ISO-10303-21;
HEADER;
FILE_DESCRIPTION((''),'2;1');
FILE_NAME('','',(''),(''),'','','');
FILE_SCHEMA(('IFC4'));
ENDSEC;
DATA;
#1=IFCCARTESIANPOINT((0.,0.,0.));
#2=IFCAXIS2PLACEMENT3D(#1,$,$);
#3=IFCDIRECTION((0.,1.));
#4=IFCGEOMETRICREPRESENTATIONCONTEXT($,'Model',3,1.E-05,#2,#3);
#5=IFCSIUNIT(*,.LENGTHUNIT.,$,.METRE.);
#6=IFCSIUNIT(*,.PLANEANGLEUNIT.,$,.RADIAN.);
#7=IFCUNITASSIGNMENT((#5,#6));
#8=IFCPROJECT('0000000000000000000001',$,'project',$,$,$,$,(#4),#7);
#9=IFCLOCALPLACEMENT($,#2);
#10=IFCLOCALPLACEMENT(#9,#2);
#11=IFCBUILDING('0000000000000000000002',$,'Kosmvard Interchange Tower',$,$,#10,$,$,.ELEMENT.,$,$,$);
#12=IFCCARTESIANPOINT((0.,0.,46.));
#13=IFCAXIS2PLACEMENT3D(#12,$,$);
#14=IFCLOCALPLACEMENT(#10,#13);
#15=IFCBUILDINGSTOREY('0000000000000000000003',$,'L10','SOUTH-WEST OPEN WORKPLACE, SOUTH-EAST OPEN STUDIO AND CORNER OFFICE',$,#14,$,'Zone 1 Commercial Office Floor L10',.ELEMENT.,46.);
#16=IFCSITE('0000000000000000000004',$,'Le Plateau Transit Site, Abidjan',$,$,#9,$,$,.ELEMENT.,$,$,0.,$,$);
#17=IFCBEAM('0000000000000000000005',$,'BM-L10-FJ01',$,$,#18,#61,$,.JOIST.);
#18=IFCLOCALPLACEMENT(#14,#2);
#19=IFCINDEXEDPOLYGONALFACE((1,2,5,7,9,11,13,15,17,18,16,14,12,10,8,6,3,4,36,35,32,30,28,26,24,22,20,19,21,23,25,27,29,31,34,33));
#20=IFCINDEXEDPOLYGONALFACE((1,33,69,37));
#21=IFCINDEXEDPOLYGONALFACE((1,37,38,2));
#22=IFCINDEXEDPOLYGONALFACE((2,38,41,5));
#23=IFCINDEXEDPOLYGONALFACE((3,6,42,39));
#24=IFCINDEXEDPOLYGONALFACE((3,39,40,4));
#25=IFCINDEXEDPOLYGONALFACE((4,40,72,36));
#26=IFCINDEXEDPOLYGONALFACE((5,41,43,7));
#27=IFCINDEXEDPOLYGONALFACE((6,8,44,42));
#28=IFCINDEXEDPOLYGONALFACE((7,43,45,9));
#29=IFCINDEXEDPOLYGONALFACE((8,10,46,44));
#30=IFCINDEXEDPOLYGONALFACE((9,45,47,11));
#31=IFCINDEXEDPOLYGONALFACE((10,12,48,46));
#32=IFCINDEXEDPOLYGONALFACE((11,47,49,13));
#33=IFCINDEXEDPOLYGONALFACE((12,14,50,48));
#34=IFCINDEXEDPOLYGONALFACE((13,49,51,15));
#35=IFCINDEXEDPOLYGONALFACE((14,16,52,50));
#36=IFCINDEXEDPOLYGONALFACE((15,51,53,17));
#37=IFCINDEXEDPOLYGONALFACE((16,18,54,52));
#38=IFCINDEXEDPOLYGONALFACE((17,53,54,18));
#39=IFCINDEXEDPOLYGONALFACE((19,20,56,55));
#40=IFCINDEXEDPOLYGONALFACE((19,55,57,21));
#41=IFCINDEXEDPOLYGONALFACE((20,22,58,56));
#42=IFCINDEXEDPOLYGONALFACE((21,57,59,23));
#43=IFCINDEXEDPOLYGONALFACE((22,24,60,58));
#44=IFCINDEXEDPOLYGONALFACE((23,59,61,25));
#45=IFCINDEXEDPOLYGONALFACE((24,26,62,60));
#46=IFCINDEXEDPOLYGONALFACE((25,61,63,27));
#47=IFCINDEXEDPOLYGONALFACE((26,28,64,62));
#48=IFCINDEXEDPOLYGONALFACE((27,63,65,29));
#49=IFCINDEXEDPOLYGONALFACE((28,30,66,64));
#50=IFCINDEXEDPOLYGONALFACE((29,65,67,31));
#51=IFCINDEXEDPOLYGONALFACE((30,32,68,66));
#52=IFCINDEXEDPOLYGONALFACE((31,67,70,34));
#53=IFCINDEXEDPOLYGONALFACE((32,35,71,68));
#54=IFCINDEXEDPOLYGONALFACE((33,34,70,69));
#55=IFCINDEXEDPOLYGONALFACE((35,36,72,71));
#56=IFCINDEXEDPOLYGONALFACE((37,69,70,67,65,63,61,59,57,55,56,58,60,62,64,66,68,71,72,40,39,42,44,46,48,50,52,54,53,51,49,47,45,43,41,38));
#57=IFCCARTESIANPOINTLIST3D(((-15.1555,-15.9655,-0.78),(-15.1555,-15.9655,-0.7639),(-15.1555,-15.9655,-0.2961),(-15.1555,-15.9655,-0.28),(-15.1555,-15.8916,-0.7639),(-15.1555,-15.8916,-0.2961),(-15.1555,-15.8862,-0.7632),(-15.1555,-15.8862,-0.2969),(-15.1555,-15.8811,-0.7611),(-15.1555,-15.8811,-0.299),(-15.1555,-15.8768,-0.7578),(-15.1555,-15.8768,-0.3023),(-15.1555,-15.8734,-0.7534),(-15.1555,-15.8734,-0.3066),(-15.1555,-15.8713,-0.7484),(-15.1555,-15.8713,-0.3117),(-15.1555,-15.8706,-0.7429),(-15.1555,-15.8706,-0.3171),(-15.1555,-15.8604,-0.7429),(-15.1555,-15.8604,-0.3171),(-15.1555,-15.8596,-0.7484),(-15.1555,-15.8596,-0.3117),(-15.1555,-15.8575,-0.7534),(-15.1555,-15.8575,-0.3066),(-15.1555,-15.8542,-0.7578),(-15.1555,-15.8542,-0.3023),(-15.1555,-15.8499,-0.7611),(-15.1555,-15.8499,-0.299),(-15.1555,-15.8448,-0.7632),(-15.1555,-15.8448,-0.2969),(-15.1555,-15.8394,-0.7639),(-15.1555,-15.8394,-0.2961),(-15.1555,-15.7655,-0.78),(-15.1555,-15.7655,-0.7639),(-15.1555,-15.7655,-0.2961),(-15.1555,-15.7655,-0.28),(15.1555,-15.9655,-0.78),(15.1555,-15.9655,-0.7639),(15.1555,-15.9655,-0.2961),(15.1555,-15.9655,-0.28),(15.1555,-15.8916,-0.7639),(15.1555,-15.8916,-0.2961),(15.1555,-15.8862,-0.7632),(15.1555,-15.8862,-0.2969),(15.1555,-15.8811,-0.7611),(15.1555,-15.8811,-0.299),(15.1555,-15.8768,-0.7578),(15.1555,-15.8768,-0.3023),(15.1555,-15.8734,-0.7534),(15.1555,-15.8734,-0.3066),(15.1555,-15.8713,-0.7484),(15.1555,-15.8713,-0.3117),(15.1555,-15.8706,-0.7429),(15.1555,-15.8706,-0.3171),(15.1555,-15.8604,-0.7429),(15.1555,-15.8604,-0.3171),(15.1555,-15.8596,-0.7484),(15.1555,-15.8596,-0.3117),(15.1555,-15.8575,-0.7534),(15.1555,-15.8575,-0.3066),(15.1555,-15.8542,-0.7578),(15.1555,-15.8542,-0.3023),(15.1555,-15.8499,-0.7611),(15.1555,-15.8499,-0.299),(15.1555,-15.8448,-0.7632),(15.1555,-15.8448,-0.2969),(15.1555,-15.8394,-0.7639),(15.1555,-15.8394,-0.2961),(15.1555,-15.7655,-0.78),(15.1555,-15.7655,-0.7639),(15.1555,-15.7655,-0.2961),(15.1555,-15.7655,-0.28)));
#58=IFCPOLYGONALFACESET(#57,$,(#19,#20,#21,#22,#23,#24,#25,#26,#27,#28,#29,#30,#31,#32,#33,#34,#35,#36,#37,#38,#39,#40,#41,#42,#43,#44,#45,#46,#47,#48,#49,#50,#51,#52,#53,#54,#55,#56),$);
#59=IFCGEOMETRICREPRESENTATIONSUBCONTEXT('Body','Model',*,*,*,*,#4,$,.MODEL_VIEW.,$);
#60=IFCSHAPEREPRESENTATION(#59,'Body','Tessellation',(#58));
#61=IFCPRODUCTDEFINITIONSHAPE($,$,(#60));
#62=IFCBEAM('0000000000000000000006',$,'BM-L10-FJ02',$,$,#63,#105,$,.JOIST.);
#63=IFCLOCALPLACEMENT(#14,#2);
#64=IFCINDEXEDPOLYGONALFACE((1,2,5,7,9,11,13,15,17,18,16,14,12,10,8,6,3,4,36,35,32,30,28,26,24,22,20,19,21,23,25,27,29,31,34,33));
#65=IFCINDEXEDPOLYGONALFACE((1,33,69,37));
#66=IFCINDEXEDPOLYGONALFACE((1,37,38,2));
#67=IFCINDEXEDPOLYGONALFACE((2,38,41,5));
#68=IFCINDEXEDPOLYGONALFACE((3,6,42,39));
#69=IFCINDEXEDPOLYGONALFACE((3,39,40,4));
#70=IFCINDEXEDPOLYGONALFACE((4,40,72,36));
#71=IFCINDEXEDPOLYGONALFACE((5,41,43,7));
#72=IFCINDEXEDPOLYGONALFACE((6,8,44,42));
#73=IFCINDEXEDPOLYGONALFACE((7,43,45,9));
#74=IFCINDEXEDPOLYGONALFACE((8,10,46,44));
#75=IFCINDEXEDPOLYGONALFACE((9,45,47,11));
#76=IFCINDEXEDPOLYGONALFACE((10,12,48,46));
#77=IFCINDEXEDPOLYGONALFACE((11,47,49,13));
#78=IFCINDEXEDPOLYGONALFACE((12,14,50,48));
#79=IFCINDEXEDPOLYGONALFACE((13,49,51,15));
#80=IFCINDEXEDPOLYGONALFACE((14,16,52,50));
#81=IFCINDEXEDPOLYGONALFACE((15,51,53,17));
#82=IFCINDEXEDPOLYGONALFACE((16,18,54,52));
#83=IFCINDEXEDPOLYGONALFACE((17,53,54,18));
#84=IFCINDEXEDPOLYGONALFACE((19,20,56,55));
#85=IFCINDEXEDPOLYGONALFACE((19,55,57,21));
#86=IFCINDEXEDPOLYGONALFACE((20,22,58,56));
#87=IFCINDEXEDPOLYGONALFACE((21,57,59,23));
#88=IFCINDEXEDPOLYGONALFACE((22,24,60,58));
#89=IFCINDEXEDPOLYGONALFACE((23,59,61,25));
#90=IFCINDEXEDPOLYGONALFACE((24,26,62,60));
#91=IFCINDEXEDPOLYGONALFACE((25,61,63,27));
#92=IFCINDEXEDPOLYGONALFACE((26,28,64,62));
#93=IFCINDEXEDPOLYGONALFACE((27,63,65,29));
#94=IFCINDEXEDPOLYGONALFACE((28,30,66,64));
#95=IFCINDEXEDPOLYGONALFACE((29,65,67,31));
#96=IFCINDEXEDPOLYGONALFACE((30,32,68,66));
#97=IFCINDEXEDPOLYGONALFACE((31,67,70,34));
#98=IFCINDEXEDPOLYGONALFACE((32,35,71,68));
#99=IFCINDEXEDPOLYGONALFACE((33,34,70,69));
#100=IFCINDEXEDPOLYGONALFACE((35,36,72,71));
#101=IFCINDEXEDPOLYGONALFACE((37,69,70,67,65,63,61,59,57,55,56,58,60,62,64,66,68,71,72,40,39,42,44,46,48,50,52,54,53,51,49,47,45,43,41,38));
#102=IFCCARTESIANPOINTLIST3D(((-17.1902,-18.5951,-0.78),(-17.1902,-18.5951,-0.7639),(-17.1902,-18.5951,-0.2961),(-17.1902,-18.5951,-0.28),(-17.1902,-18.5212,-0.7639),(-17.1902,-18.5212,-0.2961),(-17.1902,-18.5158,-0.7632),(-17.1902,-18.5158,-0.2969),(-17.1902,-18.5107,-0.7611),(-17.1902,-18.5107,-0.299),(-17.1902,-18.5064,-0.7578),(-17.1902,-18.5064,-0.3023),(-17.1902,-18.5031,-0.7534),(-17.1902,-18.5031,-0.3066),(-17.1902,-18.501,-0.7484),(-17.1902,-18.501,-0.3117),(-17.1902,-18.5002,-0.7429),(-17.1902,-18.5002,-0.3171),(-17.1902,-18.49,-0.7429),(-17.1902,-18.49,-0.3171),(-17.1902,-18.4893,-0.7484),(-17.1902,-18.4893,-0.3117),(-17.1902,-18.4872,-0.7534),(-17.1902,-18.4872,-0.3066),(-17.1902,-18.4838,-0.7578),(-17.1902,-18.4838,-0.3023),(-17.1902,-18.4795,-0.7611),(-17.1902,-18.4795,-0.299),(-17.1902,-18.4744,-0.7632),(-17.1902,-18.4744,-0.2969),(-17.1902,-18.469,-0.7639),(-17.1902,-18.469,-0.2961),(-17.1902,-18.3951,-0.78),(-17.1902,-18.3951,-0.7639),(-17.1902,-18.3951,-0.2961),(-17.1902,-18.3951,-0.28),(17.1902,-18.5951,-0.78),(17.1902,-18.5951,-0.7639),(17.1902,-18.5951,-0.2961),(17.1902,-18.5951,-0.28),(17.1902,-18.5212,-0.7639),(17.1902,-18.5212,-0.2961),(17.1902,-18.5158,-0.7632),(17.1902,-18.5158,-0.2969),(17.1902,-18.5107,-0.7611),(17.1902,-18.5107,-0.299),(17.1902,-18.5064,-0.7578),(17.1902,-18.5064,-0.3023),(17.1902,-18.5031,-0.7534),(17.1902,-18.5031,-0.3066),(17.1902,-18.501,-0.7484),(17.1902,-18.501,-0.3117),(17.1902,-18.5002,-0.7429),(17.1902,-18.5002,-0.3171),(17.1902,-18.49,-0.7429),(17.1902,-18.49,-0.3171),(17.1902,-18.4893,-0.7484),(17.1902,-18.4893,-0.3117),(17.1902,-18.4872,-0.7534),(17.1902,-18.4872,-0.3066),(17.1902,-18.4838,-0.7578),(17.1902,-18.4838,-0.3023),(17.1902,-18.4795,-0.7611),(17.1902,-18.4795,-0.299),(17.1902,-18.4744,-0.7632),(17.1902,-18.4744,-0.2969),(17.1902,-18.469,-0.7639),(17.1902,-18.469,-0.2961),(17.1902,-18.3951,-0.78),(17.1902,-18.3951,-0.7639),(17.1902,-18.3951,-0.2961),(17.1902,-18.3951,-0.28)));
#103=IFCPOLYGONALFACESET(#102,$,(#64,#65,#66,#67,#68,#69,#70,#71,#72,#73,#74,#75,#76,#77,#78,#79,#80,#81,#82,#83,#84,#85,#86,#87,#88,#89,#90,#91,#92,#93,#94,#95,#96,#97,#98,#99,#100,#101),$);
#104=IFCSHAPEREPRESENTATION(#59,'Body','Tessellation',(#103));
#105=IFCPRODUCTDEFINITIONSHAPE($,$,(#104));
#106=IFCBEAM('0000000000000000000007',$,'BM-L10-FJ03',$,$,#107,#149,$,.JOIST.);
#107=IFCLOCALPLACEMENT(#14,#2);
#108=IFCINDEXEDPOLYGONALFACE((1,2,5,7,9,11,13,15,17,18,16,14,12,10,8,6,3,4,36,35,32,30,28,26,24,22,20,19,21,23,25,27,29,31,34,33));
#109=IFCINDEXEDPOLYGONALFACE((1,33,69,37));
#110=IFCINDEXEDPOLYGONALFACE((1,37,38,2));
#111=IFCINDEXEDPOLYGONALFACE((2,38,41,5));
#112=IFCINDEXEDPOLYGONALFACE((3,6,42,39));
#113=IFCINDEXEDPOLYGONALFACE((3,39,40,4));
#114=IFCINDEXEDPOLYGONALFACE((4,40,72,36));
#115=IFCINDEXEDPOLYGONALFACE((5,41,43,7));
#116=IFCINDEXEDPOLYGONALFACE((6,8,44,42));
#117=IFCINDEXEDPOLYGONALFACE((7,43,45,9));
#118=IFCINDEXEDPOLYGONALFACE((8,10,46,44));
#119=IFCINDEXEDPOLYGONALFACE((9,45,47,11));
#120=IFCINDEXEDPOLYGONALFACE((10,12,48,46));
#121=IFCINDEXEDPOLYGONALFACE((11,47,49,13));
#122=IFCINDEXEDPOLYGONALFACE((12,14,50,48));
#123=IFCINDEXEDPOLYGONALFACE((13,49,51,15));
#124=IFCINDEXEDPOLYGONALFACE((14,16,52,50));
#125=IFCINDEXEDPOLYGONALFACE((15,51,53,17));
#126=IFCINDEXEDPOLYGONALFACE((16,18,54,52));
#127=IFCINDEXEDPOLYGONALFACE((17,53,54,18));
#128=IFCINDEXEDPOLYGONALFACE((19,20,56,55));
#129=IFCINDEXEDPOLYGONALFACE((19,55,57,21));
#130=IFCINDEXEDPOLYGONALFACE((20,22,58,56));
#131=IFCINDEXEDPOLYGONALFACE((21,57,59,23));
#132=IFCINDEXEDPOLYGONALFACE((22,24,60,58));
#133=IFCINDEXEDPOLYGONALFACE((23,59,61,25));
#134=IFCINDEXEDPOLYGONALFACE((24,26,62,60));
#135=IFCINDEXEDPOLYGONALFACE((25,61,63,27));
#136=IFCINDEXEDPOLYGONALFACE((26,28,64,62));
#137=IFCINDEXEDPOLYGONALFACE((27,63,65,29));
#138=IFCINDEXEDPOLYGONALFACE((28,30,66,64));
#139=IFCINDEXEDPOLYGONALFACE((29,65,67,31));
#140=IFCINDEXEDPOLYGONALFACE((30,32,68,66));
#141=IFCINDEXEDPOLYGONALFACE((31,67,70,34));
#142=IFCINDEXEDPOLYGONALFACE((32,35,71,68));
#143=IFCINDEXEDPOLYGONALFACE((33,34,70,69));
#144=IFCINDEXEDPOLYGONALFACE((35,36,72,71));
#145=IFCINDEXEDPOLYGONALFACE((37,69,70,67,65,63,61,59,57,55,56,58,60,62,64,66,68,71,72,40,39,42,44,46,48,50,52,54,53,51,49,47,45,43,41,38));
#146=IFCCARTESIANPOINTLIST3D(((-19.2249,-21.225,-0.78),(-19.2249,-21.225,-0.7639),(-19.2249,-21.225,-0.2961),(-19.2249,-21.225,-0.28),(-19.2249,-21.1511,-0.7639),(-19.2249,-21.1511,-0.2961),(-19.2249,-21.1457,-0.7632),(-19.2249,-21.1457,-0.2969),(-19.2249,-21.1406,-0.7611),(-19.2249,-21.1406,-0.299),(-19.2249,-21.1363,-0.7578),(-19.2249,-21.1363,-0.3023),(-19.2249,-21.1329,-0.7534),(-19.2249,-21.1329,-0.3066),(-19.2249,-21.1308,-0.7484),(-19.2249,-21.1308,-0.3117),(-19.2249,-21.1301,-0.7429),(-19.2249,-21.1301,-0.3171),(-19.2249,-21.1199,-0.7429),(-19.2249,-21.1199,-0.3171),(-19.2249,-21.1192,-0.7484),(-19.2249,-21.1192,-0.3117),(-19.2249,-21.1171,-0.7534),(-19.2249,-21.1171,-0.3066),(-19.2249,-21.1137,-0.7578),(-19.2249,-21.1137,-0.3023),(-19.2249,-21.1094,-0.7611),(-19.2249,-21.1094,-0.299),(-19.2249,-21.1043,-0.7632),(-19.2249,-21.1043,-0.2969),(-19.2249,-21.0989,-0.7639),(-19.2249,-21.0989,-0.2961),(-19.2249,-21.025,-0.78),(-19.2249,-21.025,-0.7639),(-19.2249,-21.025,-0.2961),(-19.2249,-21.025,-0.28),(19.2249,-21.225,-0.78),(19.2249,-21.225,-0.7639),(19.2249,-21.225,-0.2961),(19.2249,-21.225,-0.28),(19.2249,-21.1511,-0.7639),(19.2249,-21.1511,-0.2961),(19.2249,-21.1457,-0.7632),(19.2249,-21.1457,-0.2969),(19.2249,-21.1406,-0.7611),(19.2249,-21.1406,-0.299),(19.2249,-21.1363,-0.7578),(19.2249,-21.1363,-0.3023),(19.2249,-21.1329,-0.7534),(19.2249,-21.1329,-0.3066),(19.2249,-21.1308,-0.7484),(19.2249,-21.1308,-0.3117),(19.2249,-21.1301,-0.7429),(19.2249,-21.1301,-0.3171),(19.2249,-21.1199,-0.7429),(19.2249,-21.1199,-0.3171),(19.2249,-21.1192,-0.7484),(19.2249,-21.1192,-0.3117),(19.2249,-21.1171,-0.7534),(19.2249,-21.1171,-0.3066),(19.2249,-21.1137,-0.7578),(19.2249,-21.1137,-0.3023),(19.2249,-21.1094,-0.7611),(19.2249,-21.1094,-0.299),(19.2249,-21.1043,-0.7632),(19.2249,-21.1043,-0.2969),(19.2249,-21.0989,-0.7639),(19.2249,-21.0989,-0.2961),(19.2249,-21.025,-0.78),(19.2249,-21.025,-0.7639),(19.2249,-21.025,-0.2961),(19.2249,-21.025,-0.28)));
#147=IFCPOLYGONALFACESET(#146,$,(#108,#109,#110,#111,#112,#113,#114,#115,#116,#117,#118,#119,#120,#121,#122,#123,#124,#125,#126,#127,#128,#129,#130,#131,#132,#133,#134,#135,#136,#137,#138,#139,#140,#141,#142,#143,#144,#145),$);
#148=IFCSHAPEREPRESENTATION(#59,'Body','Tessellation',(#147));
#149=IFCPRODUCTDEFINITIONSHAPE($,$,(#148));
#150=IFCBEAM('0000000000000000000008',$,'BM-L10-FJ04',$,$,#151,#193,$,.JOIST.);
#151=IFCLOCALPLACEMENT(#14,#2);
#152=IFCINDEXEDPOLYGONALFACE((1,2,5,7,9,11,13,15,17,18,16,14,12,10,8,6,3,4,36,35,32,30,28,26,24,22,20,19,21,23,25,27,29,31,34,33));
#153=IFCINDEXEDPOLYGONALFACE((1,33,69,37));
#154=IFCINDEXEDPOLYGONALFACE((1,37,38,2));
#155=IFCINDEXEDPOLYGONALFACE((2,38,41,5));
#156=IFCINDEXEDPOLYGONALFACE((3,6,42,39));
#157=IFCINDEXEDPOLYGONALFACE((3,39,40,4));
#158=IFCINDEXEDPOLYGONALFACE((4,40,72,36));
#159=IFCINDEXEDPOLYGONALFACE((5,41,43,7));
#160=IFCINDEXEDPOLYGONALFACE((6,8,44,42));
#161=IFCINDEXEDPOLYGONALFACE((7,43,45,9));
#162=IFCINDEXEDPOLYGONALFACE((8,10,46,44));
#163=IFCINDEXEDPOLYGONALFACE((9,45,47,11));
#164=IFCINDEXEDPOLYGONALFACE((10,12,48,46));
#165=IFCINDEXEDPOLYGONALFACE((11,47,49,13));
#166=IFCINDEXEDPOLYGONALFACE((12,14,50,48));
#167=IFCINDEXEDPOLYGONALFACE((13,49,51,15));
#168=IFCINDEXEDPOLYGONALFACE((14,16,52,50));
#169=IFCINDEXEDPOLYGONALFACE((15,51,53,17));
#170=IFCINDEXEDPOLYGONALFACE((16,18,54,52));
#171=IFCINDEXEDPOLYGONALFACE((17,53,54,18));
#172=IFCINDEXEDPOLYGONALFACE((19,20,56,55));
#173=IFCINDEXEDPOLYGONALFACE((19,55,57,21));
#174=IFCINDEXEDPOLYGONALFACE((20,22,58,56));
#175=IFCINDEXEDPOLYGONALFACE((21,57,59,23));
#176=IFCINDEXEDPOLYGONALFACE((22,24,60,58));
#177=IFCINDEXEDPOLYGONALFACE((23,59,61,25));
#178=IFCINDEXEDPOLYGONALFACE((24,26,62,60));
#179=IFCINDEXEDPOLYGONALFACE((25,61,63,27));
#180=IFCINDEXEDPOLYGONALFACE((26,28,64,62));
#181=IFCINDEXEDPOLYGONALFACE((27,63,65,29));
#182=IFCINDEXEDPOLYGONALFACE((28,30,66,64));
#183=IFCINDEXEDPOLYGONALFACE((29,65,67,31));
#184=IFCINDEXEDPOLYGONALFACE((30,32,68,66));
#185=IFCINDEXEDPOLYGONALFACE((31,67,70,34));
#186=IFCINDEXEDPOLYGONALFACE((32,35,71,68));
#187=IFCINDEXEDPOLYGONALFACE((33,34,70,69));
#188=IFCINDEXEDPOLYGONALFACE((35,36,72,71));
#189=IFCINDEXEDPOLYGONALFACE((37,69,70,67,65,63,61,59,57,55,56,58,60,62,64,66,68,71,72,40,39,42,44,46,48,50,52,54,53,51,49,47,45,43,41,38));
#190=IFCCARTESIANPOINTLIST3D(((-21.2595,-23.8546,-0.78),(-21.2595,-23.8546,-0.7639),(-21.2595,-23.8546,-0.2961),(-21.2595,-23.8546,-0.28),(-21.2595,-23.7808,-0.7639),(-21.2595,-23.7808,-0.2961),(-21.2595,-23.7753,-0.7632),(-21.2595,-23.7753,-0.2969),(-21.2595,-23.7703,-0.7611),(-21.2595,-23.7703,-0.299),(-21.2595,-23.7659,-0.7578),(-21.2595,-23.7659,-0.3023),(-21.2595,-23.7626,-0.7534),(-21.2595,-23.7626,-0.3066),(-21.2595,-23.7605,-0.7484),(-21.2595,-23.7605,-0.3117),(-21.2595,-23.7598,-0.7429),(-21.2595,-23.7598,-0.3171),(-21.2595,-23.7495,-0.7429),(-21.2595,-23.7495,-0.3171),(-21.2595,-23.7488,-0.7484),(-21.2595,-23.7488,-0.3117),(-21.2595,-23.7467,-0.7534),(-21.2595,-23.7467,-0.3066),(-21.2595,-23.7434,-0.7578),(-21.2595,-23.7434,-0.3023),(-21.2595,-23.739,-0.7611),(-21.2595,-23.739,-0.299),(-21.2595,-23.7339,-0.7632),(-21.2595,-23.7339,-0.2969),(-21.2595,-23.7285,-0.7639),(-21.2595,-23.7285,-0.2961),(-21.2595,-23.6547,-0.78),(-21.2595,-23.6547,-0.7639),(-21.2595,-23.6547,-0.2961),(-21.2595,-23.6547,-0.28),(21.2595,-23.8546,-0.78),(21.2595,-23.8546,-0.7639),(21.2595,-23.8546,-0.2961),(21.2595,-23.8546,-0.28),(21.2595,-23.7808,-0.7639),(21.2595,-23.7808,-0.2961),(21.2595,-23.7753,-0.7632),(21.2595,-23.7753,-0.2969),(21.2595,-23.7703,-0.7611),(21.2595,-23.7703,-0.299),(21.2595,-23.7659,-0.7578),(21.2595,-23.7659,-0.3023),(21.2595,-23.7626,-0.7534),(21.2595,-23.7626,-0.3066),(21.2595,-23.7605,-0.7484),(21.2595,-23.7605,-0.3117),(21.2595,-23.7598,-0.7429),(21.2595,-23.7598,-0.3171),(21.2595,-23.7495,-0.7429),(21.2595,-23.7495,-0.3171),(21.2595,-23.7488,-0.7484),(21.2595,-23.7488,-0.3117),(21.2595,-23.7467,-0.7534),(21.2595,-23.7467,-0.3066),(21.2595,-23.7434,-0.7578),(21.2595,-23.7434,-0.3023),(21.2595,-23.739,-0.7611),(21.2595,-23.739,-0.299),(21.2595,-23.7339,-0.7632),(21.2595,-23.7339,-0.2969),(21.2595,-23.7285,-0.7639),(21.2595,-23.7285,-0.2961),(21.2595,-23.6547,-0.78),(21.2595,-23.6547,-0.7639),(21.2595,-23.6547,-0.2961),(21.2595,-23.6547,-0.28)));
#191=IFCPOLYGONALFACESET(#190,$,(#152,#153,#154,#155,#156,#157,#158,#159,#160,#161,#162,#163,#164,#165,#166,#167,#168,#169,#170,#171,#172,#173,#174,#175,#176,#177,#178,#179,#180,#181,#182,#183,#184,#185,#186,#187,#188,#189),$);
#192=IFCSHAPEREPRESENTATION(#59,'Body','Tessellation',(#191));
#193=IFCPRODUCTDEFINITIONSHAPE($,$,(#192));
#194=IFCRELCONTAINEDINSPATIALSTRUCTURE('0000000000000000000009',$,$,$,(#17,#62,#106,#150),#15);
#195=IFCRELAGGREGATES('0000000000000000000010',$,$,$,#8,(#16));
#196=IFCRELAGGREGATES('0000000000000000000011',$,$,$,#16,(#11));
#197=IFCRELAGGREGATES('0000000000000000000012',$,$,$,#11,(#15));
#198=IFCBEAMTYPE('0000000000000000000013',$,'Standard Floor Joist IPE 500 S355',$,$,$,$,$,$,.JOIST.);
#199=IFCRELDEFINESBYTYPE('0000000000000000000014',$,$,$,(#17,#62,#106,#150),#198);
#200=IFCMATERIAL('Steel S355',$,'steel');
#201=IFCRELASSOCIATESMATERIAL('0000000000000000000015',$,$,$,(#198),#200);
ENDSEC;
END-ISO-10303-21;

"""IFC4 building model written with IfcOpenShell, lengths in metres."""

from ifc_helpers import new_model, si_unit, direction, frame, origin, origin_2d, place, context, subcontext, project, spatial, i_section, extrude, source, transform, mapped, material, material_profile, profile_set, type_object, element, save


model = new_model("IFC4")

# Units and contexts
model_context = context("Model", 3, precision=1e-05, world=origin(), true_north=direction((0.0, 1.0)))
body_context = subcontext(model_context, "Body", "Model", "MODEL_VIEW")
ifc_project = project(units=[si_unit("LENGTHUNIT", "METRE"), si_unit("PLANEANGLEUNIT", "RADIAN")], contexts=[model_context])

# Site, building, storey
site_placement = place(None, origin())
site = spatial("IfcSite", under=ifc_project, at=site_placement, Name="Le Plateau Transit Site, Abidjan", CompositionType="ELEMENT", RefElevation=0.0)
building_placement = place(site_placement, origin())
building = spatial("IfcBuilding", under=site, at=building_placement, Name="Kosmvard Interchange Tower", CompositionType="ELEMENT")
storey_placement = place(building_placement, frame((0.0, 0.0, 46.0)))
storey = spatial("IfcBuildingStorey", under=building, at=storey_placement, Name="L10", Description="SOUTH-WEST OPEN WORKPLACE, SOUTH-EAST OPEN STUDIO AND CORNER OFFICE", LongName="Zone 1 Commercial Office Floor L10", CompositionType="ELEMENT", Elevation=46.0)

# Beams
ifc_material_1 = material(Name="Steel S355", Category="steel")
ifc_material_profile_1 = material_profile(ifc_material_1, i_section(OverallWidth=0.2, OverallDepth=0.5, WebThickness=0.0103, FlangeThickness=0.0161, FilletRadius=0.021, at=origin_2d()), Name="IPE 500")
ifc_profile_set_1 = profile_set([ifc_material_profile_1], Name="Steel S355")
beam_type_1 = type_object("IfcBeamType", Name="Standard Floor Joist IPE 500 S355", PredefinedType="JOIST", material=ifc_profile_set_1)
shared_shape_1 = source(origin(), body_context, "Body", "SweptSolid", [
    extrude(i_section(OverallWidth=0.2, OverallDepth=0.5, WebThickness=0.0103, FlangeThickness=0.0161, FilletRadius=0.021, at=origin_2d()), origin(), (0.0, 0.0, 1.0), 30.311),
])
beam_1_placement = place(storey_placement, frame((-15.1555, -15.8655, -0.53), z_axis=(1.0, 0.0, 0.0), x_axis=(0.0, 1.0, 0.0)))
element("IfcBeam", 1, at=beam_1_placement, inside=storey, type_object=beam_type_1, Name="BM-L10-FJ01", PredefinedType="JOIST", context=body_context, shape_type="MappedRepresentation", body=[
    mapped(shared_shape_1, transform((0.0, 0.0, 0.0), scale=1.0)),
])
shared_shape_2 = source(origin(), body_context, "Body", "SweptSolid", [
    extrude(i_section(OverallWidth=0.2, OverallDepth=0.5, WebThickness=0.0103, FlangeThickness=0.0161, FilletRadius=0.021, at=origin_2d()), origin(), (0.0, 0.0, 1.0), 34.3804),
])
beam_2_placement = place(storey_placement, frame((-17.1902, -18.4951, -0.53), z_axis=(1.0, 0.0, 0.0), x_axis=(0.0, 1.0, 0.0)))
element("IfcBeam", 2, at=beam_2_placement, inside=storey, type_object=beam_type_1, Name="BM-L10-FJ02", PredefinedType="JOIST", context=body_context, shape_type="MappedRepresentation", body=[
    mapped(shared_shape_2, transform((0.0, 0.0, 0.0), scale=1.0)),
])
shared_shape_3 = source(origin(), body_context, "Body", "SweptSolid", [
    extrude(i_section(OverallWidth=0.2, OverallDepth=0.5, WebThickness=0.0103, FlangeThickness=0.0161, FilletRadius=0.021, at=origin_2d()), origin(), (0.0, 0.0, 1.0), 38.4497),
])
beam_3_placement = place(storey_placement, frame((-19.2249, -21.125, -0.53), z_axis=(1.0, 0.0, 0.0), x_axis=(0.0, 1.0, 0.0)))
element("IfcBeam", 3, at=beam_3_placement, inside=storey, type_object=beam_type_1, Name="BM-L10-FJ03", PredefinedType="JOIST", context=body_context, shape_type="MappedRepresentation", body=[
    mapped(shared_shape_3, transform((0.0, 0.0, 0.0), scale=1.0)),
])
shared_shape_4 = source(origin(), body_context, "Body", "SweptSolid", [
    extrude(i_section(OverallWidth=0.2, OverallDepth=0.5, WebThickness=0.0103, FlangeThickness=0.0161, FilletRadius=0.021, at=origin_2d()), origin(), (0.0, 0.0, 1.0), 42.519),
])
beam_4_placement = place(storey_placement, frame((-21.2595, -23.7546, -0.53), z_axis=(1.0, 0.0, 0.0), x_axis=(0.0, 1.0, 0.0)))
element("IfcBeam", 4, at=beam_4_placement, inside=storey, type_object=beam_type_1, Name="BM-L10-FJ04", PredefinedType="JOIST", context=body_context, shape_type="MappedRepresentation", body=[
    mapped(shared_shape_4, transform((0.0, 0.0, 0.0), scale=1.0)),
])

save(model, "model.ifc")
